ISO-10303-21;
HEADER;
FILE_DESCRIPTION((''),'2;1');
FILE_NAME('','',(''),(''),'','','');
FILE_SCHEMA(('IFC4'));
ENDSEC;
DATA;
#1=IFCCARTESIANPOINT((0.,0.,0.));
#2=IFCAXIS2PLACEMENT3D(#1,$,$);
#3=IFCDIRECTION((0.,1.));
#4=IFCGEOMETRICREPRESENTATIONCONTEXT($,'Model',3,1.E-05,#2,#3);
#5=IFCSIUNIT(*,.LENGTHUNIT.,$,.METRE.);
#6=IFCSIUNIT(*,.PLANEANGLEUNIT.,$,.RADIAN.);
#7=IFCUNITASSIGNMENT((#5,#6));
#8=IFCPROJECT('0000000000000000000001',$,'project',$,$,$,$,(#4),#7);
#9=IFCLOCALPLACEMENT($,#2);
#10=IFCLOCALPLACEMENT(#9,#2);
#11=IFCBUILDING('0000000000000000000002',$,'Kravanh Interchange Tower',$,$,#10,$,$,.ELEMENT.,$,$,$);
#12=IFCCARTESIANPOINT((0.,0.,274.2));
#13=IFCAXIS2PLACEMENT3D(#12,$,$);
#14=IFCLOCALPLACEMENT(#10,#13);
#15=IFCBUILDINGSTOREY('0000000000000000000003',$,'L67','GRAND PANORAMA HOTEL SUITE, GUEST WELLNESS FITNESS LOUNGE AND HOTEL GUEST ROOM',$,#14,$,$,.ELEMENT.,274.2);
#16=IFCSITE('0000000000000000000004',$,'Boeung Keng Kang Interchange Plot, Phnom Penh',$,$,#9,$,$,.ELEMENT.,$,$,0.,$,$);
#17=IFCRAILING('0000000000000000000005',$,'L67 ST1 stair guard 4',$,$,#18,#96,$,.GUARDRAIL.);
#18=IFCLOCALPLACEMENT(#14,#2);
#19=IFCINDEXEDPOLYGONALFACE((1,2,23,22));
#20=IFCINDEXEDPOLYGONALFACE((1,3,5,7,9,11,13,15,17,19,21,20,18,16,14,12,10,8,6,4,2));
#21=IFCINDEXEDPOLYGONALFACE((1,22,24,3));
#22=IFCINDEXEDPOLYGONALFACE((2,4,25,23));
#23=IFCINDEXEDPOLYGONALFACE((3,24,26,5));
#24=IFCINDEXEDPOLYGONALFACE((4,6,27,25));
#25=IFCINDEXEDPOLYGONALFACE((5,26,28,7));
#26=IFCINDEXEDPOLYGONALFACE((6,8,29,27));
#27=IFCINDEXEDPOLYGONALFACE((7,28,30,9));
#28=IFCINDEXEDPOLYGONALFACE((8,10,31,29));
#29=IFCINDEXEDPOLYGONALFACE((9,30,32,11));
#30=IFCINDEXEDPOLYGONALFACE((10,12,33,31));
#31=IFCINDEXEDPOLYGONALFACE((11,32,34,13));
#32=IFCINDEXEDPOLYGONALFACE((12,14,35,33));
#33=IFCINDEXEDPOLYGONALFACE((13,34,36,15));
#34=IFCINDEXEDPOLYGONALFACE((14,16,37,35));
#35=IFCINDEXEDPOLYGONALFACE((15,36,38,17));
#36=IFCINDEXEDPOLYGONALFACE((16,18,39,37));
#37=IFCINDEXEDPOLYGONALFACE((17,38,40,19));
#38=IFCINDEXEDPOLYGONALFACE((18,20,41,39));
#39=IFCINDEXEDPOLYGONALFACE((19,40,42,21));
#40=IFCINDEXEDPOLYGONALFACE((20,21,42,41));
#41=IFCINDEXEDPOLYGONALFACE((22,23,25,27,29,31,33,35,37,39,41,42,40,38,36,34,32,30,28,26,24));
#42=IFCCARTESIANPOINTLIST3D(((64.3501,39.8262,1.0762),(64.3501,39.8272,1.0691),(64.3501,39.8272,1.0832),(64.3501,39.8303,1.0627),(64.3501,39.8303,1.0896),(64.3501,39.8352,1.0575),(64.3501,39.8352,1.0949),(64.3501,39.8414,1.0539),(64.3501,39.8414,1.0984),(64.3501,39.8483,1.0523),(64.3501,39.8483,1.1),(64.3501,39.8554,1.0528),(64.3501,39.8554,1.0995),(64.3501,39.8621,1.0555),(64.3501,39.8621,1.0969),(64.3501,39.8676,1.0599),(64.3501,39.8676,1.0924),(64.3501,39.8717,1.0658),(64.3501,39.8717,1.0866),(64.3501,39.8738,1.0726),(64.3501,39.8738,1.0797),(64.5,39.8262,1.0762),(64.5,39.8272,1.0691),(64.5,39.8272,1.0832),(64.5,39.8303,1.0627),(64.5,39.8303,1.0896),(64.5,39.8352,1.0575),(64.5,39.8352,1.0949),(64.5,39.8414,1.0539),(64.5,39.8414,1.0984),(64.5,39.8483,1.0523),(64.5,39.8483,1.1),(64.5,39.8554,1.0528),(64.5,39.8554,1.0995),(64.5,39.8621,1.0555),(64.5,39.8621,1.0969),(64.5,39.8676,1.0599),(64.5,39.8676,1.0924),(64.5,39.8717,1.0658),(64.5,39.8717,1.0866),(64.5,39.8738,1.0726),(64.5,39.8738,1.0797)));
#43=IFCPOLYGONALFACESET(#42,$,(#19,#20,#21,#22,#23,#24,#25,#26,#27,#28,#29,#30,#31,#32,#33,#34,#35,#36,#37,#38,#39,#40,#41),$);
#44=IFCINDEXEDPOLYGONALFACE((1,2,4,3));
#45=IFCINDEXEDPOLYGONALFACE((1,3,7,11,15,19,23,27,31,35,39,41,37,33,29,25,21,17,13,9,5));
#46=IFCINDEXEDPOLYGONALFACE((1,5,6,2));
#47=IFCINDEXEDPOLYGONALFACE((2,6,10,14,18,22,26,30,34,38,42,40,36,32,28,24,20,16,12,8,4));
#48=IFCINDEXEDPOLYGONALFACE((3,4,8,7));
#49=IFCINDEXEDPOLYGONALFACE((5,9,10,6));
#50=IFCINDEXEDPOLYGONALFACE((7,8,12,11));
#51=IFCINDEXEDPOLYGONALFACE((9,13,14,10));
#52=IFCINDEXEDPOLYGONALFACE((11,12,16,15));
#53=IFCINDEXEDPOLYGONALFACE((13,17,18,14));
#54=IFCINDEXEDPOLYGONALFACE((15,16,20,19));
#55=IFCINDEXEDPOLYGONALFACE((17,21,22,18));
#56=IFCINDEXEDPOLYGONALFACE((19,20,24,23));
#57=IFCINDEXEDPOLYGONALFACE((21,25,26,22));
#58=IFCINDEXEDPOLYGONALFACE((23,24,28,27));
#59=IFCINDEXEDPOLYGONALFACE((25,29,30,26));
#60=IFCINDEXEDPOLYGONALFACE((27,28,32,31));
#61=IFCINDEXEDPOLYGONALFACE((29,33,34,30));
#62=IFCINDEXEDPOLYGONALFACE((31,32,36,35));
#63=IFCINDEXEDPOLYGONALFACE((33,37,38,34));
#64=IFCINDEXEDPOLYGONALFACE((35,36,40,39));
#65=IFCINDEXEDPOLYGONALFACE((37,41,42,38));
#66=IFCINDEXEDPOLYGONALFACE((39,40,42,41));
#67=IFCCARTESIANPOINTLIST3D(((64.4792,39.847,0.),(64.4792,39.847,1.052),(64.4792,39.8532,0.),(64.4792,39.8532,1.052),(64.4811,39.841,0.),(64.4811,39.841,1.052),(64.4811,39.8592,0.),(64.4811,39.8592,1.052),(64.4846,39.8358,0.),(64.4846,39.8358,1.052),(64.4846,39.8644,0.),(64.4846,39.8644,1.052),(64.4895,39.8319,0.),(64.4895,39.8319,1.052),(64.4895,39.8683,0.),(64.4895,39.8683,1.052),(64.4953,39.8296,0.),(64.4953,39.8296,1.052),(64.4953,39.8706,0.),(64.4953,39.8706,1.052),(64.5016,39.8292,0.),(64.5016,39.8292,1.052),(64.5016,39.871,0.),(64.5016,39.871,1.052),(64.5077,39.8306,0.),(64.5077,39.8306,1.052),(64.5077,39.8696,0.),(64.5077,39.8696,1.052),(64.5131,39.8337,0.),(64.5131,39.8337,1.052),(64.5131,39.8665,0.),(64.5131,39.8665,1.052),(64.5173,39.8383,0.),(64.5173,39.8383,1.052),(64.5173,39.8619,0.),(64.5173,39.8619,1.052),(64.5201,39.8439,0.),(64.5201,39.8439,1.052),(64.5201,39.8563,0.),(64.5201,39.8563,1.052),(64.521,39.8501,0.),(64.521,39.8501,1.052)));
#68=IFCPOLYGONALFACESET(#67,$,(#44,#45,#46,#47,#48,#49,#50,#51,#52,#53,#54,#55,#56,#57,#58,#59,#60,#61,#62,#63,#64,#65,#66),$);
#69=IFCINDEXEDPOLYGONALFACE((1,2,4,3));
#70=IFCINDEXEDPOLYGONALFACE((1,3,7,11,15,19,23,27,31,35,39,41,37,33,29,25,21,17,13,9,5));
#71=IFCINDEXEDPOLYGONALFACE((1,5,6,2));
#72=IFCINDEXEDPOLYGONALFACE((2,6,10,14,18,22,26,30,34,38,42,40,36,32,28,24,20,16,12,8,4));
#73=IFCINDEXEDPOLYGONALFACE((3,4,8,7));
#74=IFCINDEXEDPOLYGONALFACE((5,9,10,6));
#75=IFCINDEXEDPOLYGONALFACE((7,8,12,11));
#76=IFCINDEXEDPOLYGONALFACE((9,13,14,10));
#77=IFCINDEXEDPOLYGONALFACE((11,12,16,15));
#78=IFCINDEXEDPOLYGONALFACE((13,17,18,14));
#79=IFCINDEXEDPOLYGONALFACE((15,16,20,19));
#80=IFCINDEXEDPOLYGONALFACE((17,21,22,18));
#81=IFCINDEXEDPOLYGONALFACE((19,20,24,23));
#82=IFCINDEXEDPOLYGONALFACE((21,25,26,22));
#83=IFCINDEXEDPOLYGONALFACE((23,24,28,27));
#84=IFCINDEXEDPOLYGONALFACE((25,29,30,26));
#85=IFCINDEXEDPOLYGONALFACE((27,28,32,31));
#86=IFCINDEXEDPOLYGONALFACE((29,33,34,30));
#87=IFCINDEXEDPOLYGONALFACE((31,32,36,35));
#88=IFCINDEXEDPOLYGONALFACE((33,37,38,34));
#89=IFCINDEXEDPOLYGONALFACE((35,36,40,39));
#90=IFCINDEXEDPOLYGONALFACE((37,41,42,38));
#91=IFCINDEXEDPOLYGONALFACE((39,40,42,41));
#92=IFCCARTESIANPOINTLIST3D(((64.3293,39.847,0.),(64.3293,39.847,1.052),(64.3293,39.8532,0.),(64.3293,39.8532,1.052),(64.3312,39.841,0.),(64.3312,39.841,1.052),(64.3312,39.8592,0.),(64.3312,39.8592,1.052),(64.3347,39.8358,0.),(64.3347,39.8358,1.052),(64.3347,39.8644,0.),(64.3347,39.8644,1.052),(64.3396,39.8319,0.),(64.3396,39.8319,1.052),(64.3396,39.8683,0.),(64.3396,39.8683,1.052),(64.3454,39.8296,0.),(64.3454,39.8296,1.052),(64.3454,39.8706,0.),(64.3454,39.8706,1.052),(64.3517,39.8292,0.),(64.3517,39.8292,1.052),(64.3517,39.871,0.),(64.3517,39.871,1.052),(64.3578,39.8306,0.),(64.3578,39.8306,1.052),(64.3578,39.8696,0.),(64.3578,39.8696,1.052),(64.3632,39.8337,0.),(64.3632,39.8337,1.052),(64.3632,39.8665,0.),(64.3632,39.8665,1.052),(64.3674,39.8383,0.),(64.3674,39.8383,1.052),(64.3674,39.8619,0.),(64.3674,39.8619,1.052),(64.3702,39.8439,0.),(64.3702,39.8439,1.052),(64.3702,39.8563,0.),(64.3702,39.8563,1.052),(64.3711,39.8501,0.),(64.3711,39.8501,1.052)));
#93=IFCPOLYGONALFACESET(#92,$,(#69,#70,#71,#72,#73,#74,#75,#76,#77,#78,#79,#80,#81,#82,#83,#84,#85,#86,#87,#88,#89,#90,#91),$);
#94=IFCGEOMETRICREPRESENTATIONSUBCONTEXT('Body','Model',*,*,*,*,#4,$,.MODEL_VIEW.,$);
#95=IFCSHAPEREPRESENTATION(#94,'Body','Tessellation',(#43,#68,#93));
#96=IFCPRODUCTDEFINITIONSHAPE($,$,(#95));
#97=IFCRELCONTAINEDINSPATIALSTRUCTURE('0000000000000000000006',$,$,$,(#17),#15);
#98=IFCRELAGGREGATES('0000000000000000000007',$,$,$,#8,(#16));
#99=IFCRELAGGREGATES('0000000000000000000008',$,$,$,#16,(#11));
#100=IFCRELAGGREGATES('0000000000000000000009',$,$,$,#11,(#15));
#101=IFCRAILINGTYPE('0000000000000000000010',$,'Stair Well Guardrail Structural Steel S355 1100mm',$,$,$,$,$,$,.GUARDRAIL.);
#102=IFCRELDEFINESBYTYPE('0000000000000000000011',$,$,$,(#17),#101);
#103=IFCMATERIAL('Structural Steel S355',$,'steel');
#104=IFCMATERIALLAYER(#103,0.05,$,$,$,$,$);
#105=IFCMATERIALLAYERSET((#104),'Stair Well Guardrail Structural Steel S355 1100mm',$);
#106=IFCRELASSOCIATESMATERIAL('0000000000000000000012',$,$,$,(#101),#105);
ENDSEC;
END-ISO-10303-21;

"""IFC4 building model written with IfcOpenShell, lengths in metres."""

from ifc_helpers import new_model, si_unit, direction, frame, origin, origin_2d, place, context, subcontext, project, spatial, circle, extrude, material, layer, layer_set, type_object, element, save


model = new_model("IFC4")

# Units and contexts
model_context = context("Model", 3, precision=1e-05, world=origin(), true_north=direction((0.0, 1.0)))
body_context = subcontext(model_context, "Body", "Model", "MODEL_VIEW")
ifc_project = project(units=[si_unit("LENGTHUNIT", "METRE"), si_unit("PLANEANGLEUNIT", "RADIAN")], contexts=[model_context])

# Site, building, storey
site_placement = place(None, origin())
site = spatial("IfcSite", under=ifc_project, at=site_placement, Name="Boeung Keng Kang Interchange Plot, Phnom Penh", CompositionType="ELEMENT", RefElevation=0.0)
building_placement = place(site_placement, origin())
building = spatial("IfcBuilding", under=site, at=building_placement, Name="Kravanh Interchange Tower", CompositionType="ELEMENT")
storey_placement = place(building_placement, frame((0.0, 0.0, 274.2)))
storey = spatial("IfcBuildingStorey", under=building, at=storey_placement, Name="L67", Description="GRAND PANORAMA HOTEL SUITE, GUEST WELLNESS FITNESS LOUNGE AND HOTEL GUEST ROOM", CompositionType="ELEMENT", Elevation=274.2)

# Railing
ifc_material_1 = material(Name="Structural Steel S355", Category="steel")
ifc_layer_1 = layer(ifc_material_1, 0.05)
ifc_layer_set_1 = layer_set([ifc_layer_1], Name="Stair Well Guardrail Structural Steel S355 1100mm")
railing_type_1 = type_object("IfcRailingType", Name="Stair Well Guardrail Structural Steel S355 1100mm", PredefinedType="GUARDRAIL", material=ifc_layer_set_1)
railing_1_placement = place(storey_placement, frame((64.5, 39.8501, 0.0)))
element("IfcRailing", 1, at=railing_1_placement, inside=storey, type_object=railing_type_1, Name="L67 ST1 stair guard 4", PredefinedType="GUARDRAIL", context=body_context, shape_type="SweptSolid", body=[
    extrude(circle(Radius=0.0239, at=origin_2d()), frame((0.0, 0.0, 1.0762), z_axis=(-1.0, 0.0, 0.0), x_axis=(0.0, -1.0, 0.0)), (0.0, 0.0, 1.0), 0.1499),
    extrude(circle(Radius=0.021, at=origin_2d()), origin(), (0.0, 0.0, 1.0), 1.052),
    extrude(circle(Radius=0.021, at=origin_2d()), frame((-0.1499, 0.0, 0.0)), (0.0, 0.0, 1.0), 1.052),
])

save(model, "model.ifc")
